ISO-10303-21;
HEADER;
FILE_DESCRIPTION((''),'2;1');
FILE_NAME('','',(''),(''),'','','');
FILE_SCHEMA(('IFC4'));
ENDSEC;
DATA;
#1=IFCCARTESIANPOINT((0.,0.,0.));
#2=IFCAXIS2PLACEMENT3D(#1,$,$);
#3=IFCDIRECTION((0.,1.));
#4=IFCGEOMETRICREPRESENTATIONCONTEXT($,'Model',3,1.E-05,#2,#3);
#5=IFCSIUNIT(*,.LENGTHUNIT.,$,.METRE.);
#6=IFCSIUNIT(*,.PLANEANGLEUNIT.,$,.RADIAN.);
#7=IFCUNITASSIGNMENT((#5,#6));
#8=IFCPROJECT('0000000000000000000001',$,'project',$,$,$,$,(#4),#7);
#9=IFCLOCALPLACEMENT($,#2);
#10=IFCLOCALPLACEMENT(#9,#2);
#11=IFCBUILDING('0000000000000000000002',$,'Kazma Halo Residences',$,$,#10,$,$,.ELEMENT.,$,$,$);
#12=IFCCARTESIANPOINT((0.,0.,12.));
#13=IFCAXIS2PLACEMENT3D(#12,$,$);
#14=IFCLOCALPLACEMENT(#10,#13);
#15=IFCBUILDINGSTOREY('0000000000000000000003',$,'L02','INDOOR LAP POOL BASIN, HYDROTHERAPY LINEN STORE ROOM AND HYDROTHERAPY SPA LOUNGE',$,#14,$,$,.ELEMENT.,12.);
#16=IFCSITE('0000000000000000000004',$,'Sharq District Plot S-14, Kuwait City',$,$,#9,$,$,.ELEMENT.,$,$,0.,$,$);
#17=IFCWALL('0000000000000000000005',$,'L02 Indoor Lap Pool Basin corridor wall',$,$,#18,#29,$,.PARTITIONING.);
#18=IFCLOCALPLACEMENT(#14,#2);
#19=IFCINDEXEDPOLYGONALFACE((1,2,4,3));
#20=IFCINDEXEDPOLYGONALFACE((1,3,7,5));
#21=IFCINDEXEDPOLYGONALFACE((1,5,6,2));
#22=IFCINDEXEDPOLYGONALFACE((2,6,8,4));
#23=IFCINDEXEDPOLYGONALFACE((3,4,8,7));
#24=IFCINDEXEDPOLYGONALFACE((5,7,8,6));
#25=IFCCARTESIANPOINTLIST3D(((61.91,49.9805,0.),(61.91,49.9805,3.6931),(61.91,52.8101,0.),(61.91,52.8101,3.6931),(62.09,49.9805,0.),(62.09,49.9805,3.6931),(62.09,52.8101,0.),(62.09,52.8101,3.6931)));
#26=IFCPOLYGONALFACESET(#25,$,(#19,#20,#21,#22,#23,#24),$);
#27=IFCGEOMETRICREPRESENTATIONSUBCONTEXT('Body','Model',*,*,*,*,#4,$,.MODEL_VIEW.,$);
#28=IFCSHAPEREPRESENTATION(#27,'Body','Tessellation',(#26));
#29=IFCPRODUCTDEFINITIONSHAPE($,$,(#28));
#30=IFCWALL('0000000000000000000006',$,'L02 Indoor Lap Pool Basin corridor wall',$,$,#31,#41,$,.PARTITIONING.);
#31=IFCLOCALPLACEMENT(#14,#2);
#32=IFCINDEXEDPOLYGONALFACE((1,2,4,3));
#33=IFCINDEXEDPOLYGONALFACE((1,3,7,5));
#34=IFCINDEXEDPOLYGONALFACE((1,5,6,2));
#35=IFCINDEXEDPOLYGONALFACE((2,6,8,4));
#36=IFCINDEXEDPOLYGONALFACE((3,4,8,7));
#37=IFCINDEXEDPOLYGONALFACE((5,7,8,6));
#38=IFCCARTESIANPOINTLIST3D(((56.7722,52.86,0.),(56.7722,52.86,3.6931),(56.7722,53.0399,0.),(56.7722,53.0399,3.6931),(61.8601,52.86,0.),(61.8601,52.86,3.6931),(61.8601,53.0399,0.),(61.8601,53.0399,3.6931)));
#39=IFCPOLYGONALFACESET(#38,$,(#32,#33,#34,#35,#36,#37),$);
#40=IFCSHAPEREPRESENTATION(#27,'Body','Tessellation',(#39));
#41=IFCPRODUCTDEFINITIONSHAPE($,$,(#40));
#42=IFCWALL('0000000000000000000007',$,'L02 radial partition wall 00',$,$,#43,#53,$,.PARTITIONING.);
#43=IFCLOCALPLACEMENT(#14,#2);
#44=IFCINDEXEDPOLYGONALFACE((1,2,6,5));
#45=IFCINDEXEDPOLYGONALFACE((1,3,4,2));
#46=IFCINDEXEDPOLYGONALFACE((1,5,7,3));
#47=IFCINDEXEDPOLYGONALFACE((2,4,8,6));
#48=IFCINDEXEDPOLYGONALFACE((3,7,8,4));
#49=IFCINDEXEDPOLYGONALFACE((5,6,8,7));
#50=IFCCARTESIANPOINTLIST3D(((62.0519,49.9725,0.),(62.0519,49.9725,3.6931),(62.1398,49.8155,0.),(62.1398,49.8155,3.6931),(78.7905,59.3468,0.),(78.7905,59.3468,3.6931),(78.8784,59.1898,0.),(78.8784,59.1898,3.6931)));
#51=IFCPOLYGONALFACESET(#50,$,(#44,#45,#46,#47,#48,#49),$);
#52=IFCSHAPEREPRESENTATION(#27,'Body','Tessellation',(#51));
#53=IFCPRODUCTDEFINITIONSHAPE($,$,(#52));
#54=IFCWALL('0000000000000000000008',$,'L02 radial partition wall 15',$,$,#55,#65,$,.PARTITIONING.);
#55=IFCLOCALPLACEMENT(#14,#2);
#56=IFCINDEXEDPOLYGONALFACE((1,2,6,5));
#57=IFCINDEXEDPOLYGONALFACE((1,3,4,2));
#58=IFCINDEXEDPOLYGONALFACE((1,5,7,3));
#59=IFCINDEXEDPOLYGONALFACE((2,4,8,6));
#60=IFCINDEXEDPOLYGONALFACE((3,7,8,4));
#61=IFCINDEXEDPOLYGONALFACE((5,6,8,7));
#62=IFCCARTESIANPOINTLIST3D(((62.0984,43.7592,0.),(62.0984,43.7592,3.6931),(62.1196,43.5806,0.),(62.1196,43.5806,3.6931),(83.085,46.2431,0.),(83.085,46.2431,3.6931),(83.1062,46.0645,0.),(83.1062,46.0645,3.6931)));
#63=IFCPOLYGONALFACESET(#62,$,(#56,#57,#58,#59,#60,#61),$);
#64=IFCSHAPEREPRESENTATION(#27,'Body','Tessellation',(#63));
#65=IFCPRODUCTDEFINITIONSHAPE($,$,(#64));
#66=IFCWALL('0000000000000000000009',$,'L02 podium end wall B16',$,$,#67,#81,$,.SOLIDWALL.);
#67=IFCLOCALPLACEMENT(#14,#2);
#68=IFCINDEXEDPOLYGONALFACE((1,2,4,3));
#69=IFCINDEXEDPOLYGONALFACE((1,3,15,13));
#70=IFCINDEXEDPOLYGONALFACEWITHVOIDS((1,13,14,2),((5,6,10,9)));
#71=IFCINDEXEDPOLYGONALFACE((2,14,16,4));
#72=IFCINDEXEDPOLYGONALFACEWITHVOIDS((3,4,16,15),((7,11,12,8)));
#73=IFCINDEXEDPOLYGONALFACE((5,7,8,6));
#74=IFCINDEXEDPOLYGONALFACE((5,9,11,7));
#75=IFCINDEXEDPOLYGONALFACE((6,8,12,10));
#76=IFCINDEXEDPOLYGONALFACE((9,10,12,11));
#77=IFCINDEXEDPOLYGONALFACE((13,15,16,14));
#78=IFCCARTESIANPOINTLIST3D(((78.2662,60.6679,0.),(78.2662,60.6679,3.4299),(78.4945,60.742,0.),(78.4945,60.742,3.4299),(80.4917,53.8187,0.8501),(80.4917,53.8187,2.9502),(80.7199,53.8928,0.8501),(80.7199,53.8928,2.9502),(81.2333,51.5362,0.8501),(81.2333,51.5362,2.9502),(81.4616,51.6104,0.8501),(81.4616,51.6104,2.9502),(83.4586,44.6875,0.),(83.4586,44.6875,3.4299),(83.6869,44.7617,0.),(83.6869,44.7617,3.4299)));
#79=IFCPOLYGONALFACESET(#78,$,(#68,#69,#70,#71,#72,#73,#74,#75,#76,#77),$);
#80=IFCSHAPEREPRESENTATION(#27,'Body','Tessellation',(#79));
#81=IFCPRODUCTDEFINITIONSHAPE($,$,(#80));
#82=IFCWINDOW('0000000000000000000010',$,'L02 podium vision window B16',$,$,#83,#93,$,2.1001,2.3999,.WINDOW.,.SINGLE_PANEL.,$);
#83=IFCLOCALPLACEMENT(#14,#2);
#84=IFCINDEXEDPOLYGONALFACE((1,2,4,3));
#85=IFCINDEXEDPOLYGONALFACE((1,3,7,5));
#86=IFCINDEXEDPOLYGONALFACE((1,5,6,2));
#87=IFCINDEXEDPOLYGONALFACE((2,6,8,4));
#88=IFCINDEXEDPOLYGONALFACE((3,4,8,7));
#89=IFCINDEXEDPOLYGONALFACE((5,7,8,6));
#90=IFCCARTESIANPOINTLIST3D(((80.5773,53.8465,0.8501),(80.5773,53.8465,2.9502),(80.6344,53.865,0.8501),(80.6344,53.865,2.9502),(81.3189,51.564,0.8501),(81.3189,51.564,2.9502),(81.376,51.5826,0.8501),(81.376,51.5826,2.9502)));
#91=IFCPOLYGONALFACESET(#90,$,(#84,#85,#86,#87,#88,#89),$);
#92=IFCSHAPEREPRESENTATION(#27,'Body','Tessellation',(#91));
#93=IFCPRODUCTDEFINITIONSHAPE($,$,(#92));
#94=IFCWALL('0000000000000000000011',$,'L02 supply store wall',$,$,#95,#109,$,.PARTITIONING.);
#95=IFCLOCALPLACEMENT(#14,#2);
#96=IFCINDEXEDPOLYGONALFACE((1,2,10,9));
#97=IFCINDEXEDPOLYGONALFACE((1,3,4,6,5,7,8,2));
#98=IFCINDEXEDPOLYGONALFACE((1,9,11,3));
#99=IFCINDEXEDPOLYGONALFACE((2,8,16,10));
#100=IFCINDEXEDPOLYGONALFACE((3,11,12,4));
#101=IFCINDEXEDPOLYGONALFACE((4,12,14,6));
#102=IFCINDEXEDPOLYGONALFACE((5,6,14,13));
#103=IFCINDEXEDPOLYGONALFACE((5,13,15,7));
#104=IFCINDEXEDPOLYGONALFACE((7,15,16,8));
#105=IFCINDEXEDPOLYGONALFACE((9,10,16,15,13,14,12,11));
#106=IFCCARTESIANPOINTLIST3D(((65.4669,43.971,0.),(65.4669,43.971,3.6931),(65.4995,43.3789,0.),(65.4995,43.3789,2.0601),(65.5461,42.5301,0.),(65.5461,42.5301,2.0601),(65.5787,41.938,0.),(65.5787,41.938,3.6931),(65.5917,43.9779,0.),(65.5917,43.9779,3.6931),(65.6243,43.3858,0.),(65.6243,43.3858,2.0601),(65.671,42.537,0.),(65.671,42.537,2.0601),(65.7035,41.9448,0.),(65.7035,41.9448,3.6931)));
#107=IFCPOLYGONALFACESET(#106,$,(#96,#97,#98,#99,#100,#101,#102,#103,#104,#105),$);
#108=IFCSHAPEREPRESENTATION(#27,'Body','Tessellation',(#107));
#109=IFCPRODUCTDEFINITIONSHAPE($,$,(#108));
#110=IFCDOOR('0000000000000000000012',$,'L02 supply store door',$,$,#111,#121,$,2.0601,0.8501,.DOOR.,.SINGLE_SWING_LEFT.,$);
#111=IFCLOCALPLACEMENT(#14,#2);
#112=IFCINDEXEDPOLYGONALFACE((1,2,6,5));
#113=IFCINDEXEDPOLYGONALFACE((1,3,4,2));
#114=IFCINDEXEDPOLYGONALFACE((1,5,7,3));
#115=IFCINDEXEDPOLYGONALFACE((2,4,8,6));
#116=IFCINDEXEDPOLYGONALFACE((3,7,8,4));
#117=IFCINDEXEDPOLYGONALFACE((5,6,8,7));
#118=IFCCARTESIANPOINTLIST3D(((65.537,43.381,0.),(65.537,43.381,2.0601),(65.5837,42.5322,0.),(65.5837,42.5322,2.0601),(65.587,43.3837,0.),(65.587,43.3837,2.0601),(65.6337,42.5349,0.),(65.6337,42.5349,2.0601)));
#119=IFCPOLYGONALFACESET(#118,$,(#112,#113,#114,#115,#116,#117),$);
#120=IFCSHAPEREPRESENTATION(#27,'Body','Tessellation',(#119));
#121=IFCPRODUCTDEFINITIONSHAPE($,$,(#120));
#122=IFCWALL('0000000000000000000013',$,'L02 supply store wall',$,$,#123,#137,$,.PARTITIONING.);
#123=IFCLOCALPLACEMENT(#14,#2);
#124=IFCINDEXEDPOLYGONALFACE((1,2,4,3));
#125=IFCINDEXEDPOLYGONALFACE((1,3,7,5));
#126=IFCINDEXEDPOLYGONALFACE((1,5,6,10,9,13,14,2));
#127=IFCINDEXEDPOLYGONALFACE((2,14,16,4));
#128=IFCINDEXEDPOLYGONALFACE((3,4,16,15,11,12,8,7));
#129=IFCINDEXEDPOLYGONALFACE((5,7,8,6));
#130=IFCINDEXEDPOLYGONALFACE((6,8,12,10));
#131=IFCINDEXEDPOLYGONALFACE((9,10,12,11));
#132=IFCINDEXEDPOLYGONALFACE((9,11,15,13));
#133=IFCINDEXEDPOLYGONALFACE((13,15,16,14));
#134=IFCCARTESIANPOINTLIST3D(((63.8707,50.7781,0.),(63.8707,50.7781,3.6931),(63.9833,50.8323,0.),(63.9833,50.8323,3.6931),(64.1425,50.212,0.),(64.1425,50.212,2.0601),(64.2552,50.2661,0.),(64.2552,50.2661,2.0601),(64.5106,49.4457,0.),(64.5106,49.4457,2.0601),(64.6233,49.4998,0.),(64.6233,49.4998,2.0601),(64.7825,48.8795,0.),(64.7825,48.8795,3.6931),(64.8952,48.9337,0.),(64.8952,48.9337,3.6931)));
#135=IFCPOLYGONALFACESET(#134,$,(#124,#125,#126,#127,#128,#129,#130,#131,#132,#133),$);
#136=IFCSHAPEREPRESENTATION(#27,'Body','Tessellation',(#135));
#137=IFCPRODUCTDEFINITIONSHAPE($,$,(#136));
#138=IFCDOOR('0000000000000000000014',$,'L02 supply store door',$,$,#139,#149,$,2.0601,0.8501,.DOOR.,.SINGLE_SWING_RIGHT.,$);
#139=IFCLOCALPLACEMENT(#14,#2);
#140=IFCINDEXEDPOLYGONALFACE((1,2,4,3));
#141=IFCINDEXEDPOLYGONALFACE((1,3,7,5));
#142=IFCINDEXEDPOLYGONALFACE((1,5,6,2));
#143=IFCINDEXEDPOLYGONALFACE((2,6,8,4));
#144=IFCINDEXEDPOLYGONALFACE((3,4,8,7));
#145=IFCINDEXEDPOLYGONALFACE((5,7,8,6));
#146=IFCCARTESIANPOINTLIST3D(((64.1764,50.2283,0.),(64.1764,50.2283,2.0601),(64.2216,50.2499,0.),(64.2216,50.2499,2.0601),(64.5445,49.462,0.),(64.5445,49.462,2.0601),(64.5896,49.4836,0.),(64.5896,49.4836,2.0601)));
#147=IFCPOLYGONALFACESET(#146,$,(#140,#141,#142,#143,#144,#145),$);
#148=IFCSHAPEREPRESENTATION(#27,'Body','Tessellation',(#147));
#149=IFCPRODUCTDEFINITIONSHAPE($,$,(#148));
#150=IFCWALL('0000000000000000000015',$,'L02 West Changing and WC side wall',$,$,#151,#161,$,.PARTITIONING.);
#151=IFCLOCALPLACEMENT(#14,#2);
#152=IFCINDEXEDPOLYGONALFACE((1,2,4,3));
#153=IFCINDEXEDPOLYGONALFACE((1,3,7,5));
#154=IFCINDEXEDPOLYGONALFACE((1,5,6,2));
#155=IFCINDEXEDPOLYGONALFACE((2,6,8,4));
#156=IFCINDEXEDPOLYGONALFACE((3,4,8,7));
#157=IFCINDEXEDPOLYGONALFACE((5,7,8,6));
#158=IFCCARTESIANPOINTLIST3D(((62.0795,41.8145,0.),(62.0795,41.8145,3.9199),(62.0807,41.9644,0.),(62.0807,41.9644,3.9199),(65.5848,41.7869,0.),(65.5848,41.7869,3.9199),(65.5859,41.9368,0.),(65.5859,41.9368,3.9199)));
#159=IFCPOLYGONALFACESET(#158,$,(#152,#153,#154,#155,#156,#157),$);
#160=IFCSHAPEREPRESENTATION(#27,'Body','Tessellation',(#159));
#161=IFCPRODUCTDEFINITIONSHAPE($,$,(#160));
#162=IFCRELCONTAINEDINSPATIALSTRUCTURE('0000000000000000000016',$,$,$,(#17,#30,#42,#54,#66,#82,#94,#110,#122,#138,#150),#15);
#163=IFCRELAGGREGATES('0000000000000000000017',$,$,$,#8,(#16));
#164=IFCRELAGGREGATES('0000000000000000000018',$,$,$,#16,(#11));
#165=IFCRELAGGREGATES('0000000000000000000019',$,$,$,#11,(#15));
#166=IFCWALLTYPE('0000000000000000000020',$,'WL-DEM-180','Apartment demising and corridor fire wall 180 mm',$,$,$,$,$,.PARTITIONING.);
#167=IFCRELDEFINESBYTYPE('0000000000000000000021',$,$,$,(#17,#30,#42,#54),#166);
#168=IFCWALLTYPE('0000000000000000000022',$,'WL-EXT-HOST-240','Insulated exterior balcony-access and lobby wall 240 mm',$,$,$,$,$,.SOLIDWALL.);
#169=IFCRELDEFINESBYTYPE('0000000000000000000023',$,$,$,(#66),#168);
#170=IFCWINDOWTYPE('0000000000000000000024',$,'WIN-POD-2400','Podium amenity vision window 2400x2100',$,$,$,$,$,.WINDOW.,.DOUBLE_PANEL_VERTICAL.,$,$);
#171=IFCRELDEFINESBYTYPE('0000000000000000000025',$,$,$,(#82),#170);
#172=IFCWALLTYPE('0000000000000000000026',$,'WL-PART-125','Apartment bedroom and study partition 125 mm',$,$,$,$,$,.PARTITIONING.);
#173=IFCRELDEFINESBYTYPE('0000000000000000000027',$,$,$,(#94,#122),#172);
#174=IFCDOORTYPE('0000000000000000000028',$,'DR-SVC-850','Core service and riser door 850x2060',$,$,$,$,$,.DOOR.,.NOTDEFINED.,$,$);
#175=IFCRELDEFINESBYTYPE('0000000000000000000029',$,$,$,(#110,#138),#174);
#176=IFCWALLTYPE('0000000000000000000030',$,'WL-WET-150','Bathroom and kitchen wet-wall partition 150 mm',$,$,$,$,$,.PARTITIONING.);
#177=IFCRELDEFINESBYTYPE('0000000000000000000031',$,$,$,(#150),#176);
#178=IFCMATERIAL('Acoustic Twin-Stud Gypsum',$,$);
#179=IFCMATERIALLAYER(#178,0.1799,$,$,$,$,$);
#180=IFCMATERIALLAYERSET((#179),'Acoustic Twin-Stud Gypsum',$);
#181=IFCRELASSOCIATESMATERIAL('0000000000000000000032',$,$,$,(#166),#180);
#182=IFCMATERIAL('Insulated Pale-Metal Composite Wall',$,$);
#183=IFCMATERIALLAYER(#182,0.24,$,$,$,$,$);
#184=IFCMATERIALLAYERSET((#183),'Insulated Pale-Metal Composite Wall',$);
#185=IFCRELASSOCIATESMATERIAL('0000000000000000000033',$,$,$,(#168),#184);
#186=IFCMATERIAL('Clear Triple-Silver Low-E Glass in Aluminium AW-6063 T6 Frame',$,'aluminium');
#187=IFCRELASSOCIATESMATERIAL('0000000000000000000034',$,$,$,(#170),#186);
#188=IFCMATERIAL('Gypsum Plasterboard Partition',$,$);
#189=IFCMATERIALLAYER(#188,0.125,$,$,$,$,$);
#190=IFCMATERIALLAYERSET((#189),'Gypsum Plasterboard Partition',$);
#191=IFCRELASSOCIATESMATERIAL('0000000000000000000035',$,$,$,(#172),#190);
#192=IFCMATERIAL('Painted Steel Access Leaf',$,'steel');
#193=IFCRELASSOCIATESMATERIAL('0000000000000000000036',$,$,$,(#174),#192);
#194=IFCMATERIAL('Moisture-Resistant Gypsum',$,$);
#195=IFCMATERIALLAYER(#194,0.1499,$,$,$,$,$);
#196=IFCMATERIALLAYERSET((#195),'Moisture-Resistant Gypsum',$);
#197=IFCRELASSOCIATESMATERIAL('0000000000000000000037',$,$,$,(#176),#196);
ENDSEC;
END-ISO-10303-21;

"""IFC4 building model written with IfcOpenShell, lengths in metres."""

from ifc_helpers import new_model, si_unit, direction, frame, frame_2d, origin, place, context, subcontext, project, spatial, rectangle, extrude, material, layer, layer_set, type_object, element, fill, save


model = new_model("IFC4")

# Units and contexts
model_context = context("Model", 3, precision=1e-05, world=origin(), true_north=direction((0.0, 1.0)))
body_context = subcontext(model_context, "Body", "Model", "MODEL_VIEW")
ifc_project = project(units=[si_unit("LENGTHUNIT", "METRE"), si_unit("PLANEANGLEUNIT", "RADIAN")], contexts=[model_context])

# Site, building, storey
site_placement = place(None, origin())
site = spatial("IfcSite", under=ifc_project, at=site_placement, Name="Sharq District Plot S-14, Kuwait City", CompositionType="ELEMENT", RefElevation=0.0)
building_placement = place(site_placement, origin())
building = spatial("IfcBuilding", under=site, at=building_placement, Name="Kazma Halo Residences", CompositionType="ELEMENT")
storey_placement = place(building_placement, frame((0.0, 0.0, 12.0)))
storey = spatial("IfcBuildingStorey", under=building, at=storey_placement, Name="L02", Description="INDOOR LAP POOL BASIN, HYDROTHERAPY LINEN STORE ROOM AND HYDROTHERAPY SPA LOUNGE", CompositionType="ELEMENT", Elevation=12.0)

# Walls
ifc_material_1 = material(Name="Acoustic Twin-Stud Gypsum")
ifc_layer_1 = layer(ifc_material_1, 0.1799)
ifc_layer_set_1 = layer_set([ifc_layer_1], Name="Acoustic Twin-Stud Gypsum")
wall_type_1 = type_object("IfcWallType", Name="WL-DEM-180", Description="Apartment demising and corridor fire wall 180 mm", PredefinedType="PARTITIONING", material=ifc_layer_set_1)
wall_1_placement = place(storey_placement, frame((62.0, 49.9805, 0.0), z_axis=(0.0, 0.0, 1.0), x_axis=(0.0, 1.0, 0.0)))
element("IfcWall", 1, at=wall_1_placement, inside=storey, type_object=wall_type_1, Name="L02 Indoor Lap Pool Basin corridor wall", PredefinedType="PARTITIONING", context=body_context, shape_type="SweptSolid", body=[
    extrude(rectangle(XDim=2.8296, YDim=0.1799, at=frame_2d((1.4148, 0.0))), origin(), (0.0, 0.0, 1.0), 3.6931),
])
wall_2_placement = place(storey_placement, frame((61.8601, 52.95, 0.0), z_axis=(0.0, 0.0, 1.0), x_axis=(-1.0, 0.0, 0.0)))
element("IfcWall", 2, at=wall_2_placement, inside=storey, type_object=wall_type_1, Name="L02 Indoor Lap Pool Basin corridor wall", PredefinedType="PARTITIONING", context=body_context, shape_type="SweptSolid", body=[
    extrude(rectangle(XDim=5.0879, YDim=0.1799, at=frame_2d((2.5439, 0.0))), origin(), (0.0, 0.0, 1.0), 3.6931),
])
wall_3_placement = place(storey_placement, frame((62.0959, 49.894, 0.0), z_axis=(0.0, 0.0, 1.0), x_axis=(0.872491, 0.488631, 0.0)))
element("IfcWall", 3, at=wall_3_placement, inside=storey, type_object=wall_type_1, Name="L02 radial partition wall 00", PredefinedType="PARTITIONING", context=body_context, shape_type="SweptSolid", body=[
    extrude(rectangle(XDim=19.1848, YDim=0.1799, at=frame_2d((9.5923, 0.0))), origin(), (0.0, 0.0, 1.0), 3.6931),
])
wall_4_placement = place(storey_placement, frame((62.1091, 43.6699, 0.0), z_axis=(0.0, 0.0, 1.0), x_axis=(0.993069, 0.117536, 0.0)))
element("IfcWall", 4, at=wall_4_placement, inside=storey, type_object=wall_type_1, Name="L02 radial partition wall 15", PredefinedType="PARTITIONING", context=body_context, shape_type="SweptSolid", body=[
    extrude(rectangle(XDim=21.1331, YDim=0.1799, at=frame_2d((10.5664, 0.0))), origin(), (0.0, 0.0, 1.0), 3.6931),
])

# Wall, opening, window
ifc_material_2 = material(Name="Insulated Pale-Metal Composite Wall")
ifc_layer_2 = layer(ifc_material_2, 0.24)
ifc_layer_set_2 = layer_set([ifc_layer_2], Name="Insulated Pale-Metal Composite Wall")
wall_type_2 = type_object("IfcWallType", Name="WL-EXT-HOST-240", Description="Insulated exterior balcony-access and lobby wall 240 mm", PredefinedType="SOLIDWALL", material=ifc_layer_set_2)
wall_5_placement = place(storey_placement, frame((83.5728, 44.7246, 0.0), z_axis=(0.0, 0.0, 1.0), x_axis=(-0.309022, 0.951055, 0.0)))
wall_5 = element("IfcWall", 5, at=wall_5_placement, inside=storey, type_object=wall_type_2, Name="L02 podium end wall B16", PredefinedType="SOLIDWALL", context=body_context, shape_type="SweptSolid", body=[
    extrude(rectangle(XDim=16.8027, YDim=0.24, at=frame_2d((8.4014, 0.0))), origin(), (0.0, 0.0, 1.0), 3.4299),
])
opening_1_placement = place(wall_5_placement, frame((7.2012, 0.0, 0.8501)))
opening_1 = element("IfcOpeningElement", 6, at=opening_1_placement, cuts=wall_5, PredefinedType="OPENING", context=body_context, shape_type="SweptSolid", body=[
    extrude(rectangle(XDim=2.3999, YDim=2.1001, at=frame_2d((1.2, 1.05))), frame((0.0, 0.1299, 0.0), z_axis=(0.0, -1.0, 0.0), x_axis=(1.0, 0.0, 0.0)), (0.0, 0.0, 1.0), 0.26),
])
ifc_material_3 = material(Name="Clear Triple-Silver Low-E Glass in Aluminium AW-6063 T6 Frame", Category="aluminium")
window_type = type_object("IfcWindowType", Name="WIN-POD-2400", Description="Podium amenity vision window 2400x2100", PartitioningType="DOUBLE_PANEL_VERTICAL", PredefinedType="WINDOW", material=ifc_material_3)
window_placement = place(opening_1_placement, origin())
window = element("IfcWindow", 7, at=window_placement, inside=storey, type_object=window_type, Name="L02 podium vision window B16", OverallHeight=2.1001, OverallWidth=2.3999, PartitioningType="SINGLE_PANEL", PredefinedType="WINDOW", context=body_context, shape_type="SweptSolid", body=[
    extrude(rectangle(XDim=2.3999, YDim=2.1001, at=frame_2d((1.2, 1.05))), frame((0.0, 0.03, 0.0), z_axis=(0.0, -1.0, 0.0), x_axis=(1.0, 0.0, 0.0)), (0.0, 0.0, 1.0), 0.0601),
])
fill(opening_1, window)

# Walls, openings, doors
ifc_material_4 = material(Name="Gypsum Plasterboard Partition")
ifc_layer_3 = layer(ifc_material_4, 0.125)
ifc_layer_set_3 = layer_set([ifc_layer_3], Name="Gypsum Plasterboard Partition")
wall_type_3 = type_object("IfcWallType", Name="WL-PART-125", Description="Apartment bedroom and study partition 125 mm", PredefinedType="PARTITIONING", material=ifc_layer_set_3)
wall_6_placement = place(storey_placement, frame((65.6411, 41.9414, 0.0), z_axis=(0.0, 0.0, 1.0), x_axis=(-0.054919, 0.998491, 0.0)))
wall_6 = element("IfcWall", 8, at=wall_6_placement, inside=storey, type_object=wall_type_3, Name="L02 supply store wall", PredefinedType="PARTITIONING", context=body_context, shape_type="SweptSolid", body=[
    extrude(rectangle(XDim=2.0361, YDim=0.125, at=frame_2d((1.0181, 0.0))), origin(), (0.0, 0.0, 1.0), 3.6931),
])
opening_2_placement = place(wall_6_placement, frame((0.593, 0.0, 0.0)))
opening_2 = element("IfcOpeningElement", 9, at=opening_2_placement, cuts=wall_6, PredefinedType="OPENING", context=body_context, shape_type="SweptSolid", body=[
    extrude(rectangle(XDim=0.8501, YDim=2.0601, at=frame_2d((0.425, 1.03))), frame((0.0, 0.0725, 0.0), z_axis=(0.0, -1.0, 0.0), x_axis=(1.0, 0.0, 0.0)), (0.0, 0.0, 1.0), 0.145),
])
ifc_material_5 = material(Name="Painted Steel Access Leaf", Category="steel")
door_type_1 = type_object("IfcDoorType", Name="DR-SVC-850", Description="Core service and riser door 850x2060", OperationType="NOTDEFINED", PredefinedType="DOOR", material=ifc_material_5)
door_1_placement = place(opening_2_placement, origin())
door_1 = element("IfcDoor", 10, at=door_1_placement, inside=storey, type_object=door_type_1, Name="L02 supply store door", OperationType="SINGLE_SWING_LEFT", OverallHeight=2.0601, OverallWidth=0.8501, PredefinedType="DOOR", context=body_context, shape_type="SweptSolid", body=[
    extrude(rectangle(XDim=0.8501, YDim=2.0601, at=frame_2d((0.425, 1.03))), frame((0.0, 0.0249, 0.0), z_axis=(0.0, -1.0, 0.0), x_axis=(1.0, 0.0, 0.0)), (0.0, 0.0, 1.0), 0.05),
])
fill(opening_2, door_1)
wall_7_placement = place(storey_placement, frame((64.8389, 48.9065, 0.0), z_axis=(0.0, 0.0, 1.0), x_axis=(-0.432923, 0.901431, 0.0)))
wall_7 = element("IfcWall", 11, at=wall_7_placement, inside=storey, type_object=wall_type_3, Name="L02 supply store wall", PredefinedType="PARTITIONING", context=body_context, shape_type="SweptSolid", body=[
    extrude(rectangle(XDim=2.1062, YDim=0.125, at=frame_2d((1.0532, 0.0))), origin(), (0.0, 0.0, 1.0), 3.6931),
])
opening_3_placement = place(wall_7_placement, frame((0.6282, 0.0, 0.0)))
opening_3 = element("IfcOpeningElement", 12, at=opening_3_placement, cuts=wall_7, PredefinedType="OPENING", context=body_context, shape_type="SweptSolid", body=[
    extrude(rectangle(XDim=0.8501, YDim=2.0601, at=frame_2d((0.425, 1.03))), frame((0.0, 0.0725, 0.0), z_axis=(0.0, -1.0, 0.0), x_axis=(1.0, 0.0, 0.0)), (0.0, 0.0, 1.0), 0.145),
])
door_2_placement = place(opening_3_placement, origin())
door_2 = element("IfcDoor", 13, at=door_2_placement, inside=storey, type_object=door_type_1, Name="L02 supply store door", OperationType="SINGLE_SWING_RIGHT", OverallHeight=2.0601, OverallWidth=0.8501, PredefinedType="DOOR", context=body_context, shape_type="SweptSolid", body=[
    extrude(rectangle(XDim=0.8501, YDim=2.0601, at=frame_2d((0.425, 1.03))), frame((0.0, 0.0249, 0.0), z_axis=(0.0, -1.0, 0.0), x_axis=(1.0, 0.0, 0.0)), (0.0, 0.0, 1.0), 0.05),
])
fill(opening_3, door_2)

# Wall
ifc_material_6 = material(Name="Moisture-Resistant Gypsum")
ifc_layer_4 = layer(ifc_material_6, 0.1499)
ifc_layer_set_4 = layer_set([ifc_layer_4], Name="Moisture-Resistant Gypsum")
wall_type_4 = type_object("IfcWallType", Name="WL-WET-150", Description="Bathroom and kitchen wet-wall partition 150 mm", PredefinedType="PARTITIONING", material=ifc_layer_set_4)
wall_8_placement = place(storey_placement, frame((62.0801, 41.8894, 0.0), z_axis=(0.0, 0.0, 1.0), x_axis=(0.999969, -0.00787, 0.0)))
element("IfcWall", 14, at=wall_8_placement, inside=storey, type_object=wall_type_4, Name="L02 West Changing and WC side wall", PredefinedType="PARTITIONING", context=body_context, shape_type="SweptSolid", body=[
    extrude(rectangle(XDim=3.5054, YDim=0.1499, at=frame_2d((1.7527, 0.0))), origin(), (0.0, 0.0, 1.0), 3.9199),
])

save(model, "model.ifc")
